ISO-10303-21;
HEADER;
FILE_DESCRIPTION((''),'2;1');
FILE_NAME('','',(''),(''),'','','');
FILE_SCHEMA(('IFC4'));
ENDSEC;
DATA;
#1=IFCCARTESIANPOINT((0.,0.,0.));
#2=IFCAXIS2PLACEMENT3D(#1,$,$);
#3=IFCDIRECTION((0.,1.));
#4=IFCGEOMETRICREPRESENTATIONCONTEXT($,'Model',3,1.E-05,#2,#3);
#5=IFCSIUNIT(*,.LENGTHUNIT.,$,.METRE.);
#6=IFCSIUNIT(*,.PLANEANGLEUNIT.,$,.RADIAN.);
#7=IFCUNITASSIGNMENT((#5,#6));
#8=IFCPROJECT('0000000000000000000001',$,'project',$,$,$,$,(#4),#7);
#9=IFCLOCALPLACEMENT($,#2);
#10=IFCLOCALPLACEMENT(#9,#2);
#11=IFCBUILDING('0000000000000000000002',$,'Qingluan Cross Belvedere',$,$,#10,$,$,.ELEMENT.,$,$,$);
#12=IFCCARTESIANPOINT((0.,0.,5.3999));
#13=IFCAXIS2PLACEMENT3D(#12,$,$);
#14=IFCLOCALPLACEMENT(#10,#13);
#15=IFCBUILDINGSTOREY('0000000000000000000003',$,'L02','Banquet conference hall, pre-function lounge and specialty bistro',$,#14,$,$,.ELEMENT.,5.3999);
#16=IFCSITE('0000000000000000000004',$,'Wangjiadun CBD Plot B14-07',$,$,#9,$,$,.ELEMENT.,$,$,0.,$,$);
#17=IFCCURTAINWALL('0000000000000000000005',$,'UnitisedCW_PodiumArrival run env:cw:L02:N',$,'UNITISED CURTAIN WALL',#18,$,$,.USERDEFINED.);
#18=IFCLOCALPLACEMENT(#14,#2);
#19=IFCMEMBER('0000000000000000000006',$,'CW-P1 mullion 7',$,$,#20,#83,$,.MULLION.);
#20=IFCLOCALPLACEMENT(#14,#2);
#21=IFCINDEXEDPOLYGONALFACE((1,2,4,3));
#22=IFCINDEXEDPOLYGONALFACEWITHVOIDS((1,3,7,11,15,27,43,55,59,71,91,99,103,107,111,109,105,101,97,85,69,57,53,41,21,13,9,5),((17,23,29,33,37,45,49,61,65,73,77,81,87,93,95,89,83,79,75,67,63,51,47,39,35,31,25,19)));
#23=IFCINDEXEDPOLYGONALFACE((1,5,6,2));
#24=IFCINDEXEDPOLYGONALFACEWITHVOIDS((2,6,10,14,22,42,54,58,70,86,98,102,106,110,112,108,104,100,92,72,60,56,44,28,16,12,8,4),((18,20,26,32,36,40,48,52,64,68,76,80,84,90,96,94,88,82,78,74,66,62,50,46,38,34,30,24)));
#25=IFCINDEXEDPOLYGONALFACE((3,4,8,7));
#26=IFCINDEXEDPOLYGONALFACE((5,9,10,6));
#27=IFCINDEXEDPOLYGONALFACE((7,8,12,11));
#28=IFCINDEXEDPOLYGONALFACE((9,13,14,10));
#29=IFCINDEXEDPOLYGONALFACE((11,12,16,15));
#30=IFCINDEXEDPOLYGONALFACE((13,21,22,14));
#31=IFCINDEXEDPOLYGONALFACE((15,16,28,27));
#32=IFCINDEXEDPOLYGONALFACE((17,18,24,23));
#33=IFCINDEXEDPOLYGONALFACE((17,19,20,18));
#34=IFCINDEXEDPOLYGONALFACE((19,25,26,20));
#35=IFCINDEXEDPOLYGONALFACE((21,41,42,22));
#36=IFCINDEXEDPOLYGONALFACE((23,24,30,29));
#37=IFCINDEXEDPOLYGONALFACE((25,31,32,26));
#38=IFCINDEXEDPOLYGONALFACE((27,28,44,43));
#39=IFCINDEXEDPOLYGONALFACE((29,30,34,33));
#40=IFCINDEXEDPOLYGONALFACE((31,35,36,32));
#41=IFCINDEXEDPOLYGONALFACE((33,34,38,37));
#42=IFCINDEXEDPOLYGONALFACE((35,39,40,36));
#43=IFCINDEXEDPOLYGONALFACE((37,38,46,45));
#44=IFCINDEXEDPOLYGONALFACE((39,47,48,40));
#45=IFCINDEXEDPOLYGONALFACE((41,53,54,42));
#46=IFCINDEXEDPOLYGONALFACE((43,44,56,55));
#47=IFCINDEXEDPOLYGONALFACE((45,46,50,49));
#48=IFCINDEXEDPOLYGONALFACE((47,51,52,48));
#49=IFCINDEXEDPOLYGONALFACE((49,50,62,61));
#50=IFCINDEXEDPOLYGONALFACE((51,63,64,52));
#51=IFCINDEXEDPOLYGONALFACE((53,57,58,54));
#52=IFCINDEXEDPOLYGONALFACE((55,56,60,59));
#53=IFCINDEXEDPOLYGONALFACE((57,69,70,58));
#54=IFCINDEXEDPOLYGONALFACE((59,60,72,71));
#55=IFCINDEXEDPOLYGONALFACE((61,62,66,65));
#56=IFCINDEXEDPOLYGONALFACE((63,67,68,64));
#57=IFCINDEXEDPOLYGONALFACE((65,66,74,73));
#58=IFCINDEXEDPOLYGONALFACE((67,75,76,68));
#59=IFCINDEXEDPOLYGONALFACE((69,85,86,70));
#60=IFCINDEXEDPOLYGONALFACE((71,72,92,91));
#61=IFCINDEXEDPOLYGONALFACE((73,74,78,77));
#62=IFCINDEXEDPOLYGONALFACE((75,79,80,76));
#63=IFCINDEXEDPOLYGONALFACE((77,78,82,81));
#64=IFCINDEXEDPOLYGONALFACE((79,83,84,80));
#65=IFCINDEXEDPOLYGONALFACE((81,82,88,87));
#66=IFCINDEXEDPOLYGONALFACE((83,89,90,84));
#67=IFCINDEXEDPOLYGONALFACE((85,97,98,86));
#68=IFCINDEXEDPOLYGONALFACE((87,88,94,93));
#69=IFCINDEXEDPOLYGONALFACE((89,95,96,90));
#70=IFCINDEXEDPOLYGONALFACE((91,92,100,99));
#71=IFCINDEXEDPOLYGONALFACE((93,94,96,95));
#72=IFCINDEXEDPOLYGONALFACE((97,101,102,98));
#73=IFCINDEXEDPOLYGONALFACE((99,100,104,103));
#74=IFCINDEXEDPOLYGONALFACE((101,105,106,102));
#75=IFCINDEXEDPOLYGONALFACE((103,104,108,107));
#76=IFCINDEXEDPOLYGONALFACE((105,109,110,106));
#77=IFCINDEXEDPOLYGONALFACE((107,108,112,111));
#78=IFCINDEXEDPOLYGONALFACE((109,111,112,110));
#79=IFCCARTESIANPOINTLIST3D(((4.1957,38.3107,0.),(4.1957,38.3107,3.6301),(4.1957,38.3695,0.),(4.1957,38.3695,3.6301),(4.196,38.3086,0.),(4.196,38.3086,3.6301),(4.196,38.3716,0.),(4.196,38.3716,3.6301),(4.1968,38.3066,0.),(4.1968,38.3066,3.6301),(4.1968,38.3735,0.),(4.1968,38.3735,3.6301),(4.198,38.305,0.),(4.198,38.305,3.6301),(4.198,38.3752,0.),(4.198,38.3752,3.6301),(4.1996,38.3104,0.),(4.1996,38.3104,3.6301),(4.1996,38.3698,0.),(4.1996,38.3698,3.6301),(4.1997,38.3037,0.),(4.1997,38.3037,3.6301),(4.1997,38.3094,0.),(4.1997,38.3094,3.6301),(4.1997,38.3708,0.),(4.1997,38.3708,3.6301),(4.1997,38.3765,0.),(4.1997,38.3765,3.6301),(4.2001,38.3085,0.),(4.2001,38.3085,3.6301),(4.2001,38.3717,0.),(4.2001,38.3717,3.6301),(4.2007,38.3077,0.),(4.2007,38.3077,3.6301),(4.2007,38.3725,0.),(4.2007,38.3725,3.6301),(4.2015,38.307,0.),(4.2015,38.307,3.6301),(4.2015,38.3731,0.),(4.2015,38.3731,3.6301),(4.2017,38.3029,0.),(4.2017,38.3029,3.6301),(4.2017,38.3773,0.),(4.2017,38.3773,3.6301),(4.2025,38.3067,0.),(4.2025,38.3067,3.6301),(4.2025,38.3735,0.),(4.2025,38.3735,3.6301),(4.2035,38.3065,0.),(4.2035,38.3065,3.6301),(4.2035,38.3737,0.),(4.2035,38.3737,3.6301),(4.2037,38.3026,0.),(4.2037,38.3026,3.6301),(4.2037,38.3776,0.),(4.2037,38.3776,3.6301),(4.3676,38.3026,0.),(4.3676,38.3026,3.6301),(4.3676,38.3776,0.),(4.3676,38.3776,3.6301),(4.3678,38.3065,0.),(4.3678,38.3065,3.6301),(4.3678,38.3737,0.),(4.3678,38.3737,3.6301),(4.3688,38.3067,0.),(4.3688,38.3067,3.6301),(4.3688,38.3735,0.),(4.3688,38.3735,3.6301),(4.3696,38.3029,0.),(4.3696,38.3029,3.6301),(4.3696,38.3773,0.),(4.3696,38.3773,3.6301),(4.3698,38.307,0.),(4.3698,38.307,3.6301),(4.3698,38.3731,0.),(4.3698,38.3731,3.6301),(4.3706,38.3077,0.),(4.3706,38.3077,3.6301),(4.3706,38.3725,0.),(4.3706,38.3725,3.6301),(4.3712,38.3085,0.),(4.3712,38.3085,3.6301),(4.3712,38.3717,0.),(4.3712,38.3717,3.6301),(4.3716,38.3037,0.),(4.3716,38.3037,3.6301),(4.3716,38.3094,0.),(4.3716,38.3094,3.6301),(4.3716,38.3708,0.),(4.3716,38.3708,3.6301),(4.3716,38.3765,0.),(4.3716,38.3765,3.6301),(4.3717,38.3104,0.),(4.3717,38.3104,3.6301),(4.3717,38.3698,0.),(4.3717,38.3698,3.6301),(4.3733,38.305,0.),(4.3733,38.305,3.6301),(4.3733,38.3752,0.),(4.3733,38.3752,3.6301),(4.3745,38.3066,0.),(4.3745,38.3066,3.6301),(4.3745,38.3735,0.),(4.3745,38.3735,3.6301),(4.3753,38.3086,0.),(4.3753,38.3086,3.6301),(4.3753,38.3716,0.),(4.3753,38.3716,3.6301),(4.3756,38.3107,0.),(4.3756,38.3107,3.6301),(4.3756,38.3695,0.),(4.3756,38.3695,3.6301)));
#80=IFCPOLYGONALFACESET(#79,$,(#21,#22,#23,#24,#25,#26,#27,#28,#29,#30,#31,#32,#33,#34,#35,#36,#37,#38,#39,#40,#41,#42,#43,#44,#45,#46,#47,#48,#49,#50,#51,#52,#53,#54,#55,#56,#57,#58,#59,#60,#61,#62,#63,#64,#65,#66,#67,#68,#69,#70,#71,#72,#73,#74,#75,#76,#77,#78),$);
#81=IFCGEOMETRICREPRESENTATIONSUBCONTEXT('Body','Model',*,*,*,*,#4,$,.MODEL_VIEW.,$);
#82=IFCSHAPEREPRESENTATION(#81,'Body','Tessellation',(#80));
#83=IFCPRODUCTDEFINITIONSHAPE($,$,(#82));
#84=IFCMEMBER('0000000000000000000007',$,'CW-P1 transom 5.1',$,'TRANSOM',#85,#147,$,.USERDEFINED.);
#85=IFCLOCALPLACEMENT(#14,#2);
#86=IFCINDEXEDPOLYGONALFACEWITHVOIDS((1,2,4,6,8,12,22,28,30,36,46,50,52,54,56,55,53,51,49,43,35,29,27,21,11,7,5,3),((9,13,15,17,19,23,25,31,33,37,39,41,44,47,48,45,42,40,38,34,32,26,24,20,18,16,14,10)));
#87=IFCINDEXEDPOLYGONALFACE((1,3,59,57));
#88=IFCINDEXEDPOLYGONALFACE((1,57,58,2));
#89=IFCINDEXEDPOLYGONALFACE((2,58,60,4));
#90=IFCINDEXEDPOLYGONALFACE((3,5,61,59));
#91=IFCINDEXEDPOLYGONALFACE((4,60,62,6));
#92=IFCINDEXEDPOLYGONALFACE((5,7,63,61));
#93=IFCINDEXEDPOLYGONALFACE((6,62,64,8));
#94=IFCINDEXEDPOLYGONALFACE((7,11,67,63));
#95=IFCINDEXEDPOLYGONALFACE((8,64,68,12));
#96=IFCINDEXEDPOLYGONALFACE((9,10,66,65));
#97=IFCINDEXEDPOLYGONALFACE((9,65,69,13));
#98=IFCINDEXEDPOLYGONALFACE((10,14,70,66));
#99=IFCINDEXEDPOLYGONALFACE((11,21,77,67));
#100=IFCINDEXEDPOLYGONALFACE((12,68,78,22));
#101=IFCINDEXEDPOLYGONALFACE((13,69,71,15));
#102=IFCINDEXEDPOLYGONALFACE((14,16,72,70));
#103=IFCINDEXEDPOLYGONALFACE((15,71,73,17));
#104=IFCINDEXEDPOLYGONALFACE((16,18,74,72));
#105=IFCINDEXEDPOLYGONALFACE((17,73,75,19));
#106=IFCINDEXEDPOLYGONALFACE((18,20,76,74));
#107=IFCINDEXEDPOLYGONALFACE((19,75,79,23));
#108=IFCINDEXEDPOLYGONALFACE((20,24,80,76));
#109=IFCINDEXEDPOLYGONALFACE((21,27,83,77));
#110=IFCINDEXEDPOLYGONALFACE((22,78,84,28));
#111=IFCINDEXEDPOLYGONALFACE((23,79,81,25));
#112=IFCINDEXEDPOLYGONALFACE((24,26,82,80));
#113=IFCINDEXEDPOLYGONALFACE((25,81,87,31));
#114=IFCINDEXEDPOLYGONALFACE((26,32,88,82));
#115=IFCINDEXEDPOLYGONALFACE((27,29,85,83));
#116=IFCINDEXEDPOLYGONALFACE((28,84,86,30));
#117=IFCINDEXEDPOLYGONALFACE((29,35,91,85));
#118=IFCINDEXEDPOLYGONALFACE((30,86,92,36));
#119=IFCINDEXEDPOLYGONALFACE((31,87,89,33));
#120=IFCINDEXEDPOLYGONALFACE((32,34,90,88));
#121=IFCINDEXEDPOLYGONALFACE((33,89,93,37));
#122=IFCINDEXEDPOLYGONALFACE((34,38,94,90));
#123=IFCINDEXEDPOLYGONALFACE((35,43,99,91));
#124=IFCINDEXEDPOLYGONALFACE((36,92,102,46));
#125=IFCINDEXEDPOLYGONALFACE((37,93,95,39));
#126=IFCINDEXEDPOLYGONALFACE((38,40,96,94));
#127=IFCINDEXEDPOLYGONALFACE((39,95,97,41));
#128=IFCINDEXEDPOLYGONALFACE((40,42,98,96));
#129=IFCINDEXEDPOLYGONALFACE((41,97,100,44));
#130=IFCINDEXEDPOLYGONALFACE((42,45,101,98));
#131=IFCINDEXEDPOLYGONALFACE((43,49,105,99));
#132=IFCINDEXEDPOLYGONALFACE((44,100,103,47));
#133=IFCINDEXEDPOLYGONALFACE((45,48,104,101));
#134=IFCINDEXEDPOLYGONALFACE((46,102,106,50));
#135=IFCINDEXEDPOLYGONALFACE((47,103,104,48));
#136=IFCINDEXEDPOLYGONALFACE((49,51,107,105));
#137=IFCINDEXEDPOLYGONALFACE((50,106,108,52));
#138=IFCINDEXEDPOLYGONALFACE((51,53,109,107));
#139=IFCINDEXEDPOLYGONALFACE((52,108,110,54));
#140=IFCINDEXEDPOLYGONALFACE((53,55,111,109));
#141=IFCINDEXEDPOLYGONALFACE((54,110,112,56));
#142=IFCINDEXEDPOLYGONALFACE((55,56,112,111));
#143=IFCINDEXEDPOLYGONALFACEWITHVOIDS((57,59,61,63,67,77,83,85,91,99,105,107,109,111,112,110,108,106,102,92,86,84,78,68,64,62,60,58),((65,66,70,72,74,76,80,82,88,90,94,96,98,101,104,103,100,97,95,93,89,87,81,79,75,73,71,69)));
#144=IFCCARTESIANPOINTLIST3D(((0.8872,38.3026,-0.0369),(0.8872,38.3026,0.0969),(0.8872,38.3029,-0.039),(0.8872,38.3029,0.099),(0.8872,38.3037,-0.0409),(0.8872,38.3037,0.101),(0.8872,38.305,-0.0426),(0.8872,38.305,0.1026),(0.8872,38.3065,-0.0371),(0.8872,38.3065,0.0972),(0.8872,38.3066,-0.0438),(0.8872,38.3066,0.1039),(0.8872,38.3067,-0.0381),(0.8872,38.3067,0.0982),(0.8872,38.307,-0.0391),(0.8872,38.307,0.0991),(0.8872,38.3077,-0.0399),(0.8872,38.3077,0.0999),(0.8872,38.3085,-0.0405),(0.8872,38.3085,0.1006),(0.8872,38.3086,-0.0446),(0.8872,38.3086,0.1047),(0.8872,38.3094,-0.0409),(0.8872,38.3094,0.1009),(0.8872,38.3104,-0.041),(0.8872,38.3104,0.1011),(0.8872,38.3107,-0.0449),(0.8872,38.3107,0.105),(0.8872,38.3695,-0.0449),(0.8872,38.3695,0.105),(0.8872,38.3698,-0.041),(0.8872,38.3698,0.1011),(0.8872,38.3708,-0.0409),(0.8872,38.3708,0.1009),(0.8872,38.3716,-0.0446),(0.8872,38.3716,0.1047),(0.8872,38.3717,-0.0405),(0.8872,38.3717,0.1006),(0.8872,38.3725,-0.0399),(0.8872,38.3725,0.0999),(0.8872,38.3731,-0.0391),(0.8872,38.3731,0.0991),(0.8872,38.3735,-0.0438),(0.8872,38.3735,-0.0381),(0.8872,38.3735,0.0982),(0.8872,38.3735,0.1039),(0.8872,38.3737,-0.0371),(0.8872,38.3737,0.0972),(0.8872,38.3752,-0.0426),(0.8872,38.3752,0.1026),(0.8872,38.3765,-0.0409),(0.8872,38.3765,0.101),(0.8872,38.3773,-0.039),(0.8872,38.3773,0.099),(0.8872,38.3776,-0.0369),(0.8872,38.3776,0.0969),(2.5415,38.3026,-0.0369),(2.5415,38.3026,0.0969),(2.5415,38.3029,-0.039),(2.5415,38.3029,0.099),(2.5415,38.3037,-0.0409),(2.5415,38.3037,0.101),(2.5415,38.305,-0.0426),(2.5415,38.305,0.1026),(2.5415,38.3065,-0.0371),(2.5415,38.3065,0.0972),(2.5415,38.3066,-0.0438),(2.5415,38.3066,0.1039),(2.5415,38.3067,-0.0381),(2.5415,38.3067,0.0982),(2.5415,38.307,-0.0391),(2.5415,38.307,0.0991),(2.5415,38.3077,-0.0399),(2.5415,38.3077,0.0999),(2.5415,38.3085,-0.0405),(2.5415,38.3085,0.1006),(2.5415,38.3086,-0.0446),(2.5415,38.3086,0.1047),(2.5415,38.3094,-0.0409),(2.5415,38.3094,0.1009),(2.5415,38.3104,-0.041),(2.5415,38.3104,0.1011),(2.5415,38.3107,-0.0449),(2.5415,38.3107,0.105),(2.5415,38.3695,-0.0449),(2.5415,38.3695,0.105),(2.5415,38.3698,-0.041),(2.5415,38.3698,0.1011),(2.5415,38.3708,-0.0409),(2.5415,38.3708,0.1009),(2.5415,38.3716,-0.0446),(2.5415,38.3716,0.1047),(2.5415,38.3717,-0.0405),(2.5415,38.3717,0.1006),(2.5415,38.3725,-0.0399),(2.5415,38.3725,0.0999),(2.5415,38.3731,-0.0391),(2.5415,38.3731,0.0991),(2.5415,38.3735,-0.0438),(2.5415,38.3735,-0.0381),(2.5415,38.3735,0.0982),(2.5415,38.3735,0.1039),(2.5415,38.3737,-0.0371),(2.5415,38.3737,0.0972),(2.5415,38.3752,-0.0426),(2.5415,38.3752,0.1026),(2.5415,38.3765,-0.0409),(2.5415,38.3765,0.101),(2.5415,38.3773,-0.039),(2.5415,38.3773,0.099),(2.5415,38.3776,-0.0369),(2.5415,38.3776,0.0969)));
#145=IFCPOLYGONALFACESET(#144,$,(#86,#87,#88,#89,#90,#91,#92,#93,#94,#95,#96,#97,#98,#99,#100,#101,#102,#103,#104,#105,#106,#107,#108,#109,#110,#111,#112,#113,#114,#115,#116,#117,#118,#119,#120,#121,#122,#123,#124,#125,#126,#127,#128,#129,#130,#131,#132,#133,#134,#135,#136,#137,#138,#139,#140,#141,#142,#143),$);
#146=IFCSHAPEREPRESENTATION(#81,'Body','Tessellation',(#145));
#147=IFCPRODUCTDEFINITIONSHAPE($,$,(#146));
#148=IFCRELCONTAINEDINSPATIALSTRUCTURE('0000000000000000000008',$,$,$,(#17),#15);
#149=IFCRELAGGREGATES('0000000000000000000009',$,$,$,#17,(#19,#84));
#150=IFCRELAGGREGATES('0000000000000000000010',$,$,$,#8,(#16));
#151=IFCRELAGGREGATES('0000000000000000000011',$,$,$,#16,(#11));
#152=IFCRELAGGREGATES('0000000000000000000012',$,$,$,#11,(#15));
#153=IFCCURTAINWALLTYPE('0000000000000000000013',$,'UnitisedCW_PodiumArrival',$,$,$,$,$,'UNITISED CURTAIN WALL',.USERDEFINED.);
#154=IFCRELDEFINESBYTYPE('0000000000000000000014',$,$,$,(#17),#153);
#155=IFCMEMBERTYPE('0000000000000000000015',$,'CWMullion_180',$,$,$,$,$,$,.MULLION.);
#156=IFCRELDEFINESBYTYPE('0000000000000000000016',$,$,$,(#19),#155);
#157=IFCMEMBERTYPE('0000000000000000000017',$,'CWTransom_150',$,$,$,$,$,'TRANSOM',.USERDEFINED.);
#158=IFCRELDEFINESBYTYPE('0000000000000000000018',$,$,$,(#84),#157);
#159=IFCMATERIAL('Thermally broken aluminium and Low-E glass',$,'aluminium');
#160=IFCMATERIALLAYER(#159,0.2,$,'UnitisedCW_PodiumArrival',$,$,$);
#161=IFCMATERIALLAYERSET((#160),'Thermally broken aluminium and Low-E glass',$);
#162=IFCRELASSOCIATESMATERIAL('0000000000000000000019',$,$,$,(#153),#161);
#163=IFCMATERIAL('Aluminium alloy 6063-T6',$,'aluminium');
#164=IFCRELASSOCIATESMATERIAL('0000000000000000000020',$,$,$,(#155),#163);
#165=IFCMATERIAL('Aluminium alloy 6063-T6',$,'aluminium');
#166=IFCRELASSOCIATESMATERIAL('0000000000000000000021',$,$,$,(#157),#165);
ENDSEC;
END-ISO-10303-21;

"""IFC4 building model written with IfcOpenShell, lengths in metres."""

from ifc_helpers import new_model, si_unit, direction, frame, origin, origin_2d, place, context, subcontext, project, spatial, hollow_rectangle, extrude, material, layer, layer_set, material_profile, profile_set, type_object, element, aggregate, save


model = new_model("IFC4")

# Units and contexts
model_context = context("Model", 3, precision=1e-05, world=origin(), true_north=direction((0.0, 1.0)))
body_context = subcontext(model_context, "Body", "Model", "MODEL_VIEW")
ifc_project = project(units=[si_unit("LENGTHUNIT", "METRE"), si_unit("PLANEANGLEUNIT", "RADIAN")], contexts=[model_context])

# Site, building, storey
site_placement = place(None, origin())
site = spatial("IfcSite", under=ifc_project, at=site_placement, Name="Wangjiadun CBD Plot B14-07", CompositionType="ELEMENT", RefElevation=0.0)
building_placement = place(site_placement, origin())
building = spatial("IfcBuilding", under=site, at=building_placement, Name="Qingluan Cross Belvedere", CompositionType="ELEMENT")
storey_placement = place(building_placement, frame((0.0, 0.0, 5.3999)))
storey = spatial("IfcBuildingStorey", under=building, at=storey_placement, Name="L02", Description="Banquet conference hall, pre-function lounge and specialty bistro", CompositionType="ELEMENT", Elevation=5.3999)

# Curtain wall, members
ifc_material_1 = material(Name="Thermally broken aluminium and Low-E glass", Category="aluminium")
ifc_layer_1 = layer(ifc_material_1, 0.2, Name="UnitisedCW_PodiumArrival")
ifc_layer_set_1 = layer_set([ifc_layer_1], Name="Thermally broken aluminium and Low-E glass")
curtain_wall_type = type_object("IfcCurtainWallType", Name="UnitisedCW_PodiumArrival", ElementType="UNITISED CURTAIN WALL", PredefinedType="USERDEFINED", material=ifc_layer_set_1)
curtain_wall_placement = place(storey_placement, origin())
curtain_wall = element("IfcCurtainWall", 1, at=curtain_wall_placement, inside=storey, type_object=curtain_wall_type, Name="UnitisedCW_PodiumArrival run env:cw:L02:N", ObjectType="UNITISED CURTAIN WALL", PredefinedType="USERDEFINED")
ifc_material_2 = material(Name="Aluminium alloy 6063-T6", Category="aluminium")
ifc_material_profile_1 = material_profile(ifc_material_2, hollow_rectangle(XDim=0.075, YDim=0.1799, WallThickness=0.0039, InnerFilletRadius=0.0039, OuterFilletRadius=0.0081, at=origin_2d()), Name="CWM180x75x4")
ifc_profile_set_1 = profile_set([ifc_material_profile_1], Name="Aluminium alloy 6063-T6")
member_type_1 = type_object("IfcMemberType", Name="CWMullion_180", PredefinedType="MULLION", material=ifc_profile_set_1)
member_1_placement = place(storey_placement, frame((4.2856, 38.3401, 0.0), z_axis=(0.0, 0.0, 1.0), x_axis=(0.0, 1.0, 0.0)))
member_1 = element("IfcMember", 2, at=member_1_placement, type_object=member_type_1, Name="CW-P1 mullion 7", PredefinedType="MULLION", context=body_context, shape_type="SweptSolid", body=[
    extrude(hollow_rectangle(XDim=0.075, YDim=0.1799, WallThickness=0.0039, InnerFilletRadius=0.0039, OuterFilletRadius=0.0081, at=origin_2d()), origin(), (0.0, 0.0, 1.0), 3.6301),
])
ifc_material_3 = material(Name="Aluminium alloy 6063-T6", Category="aluminium")
ifc_material_profile_2 = material_profile(ifc_material_3, hollow_rectangle(XDim=0.075, YDim=0.1499, WallThickness=0.0039, InnerFilletRadius=0.0039, OuterFilletRadius=0.0081, at=origin_2d()), Name="CWT150x75x4")
ifc_profile_set_2 = profile_set([ifc_material_profile_2], Name="Aluminium alloy 6063-T6")
member_type_2 = type_object("IfcMemberType", Name="CWTransom_150", ElementType="TRANSOM", PredefinedType="USERDEFINED", material=ifc_profile_set_2)
member_2_placement = place(storey_placement, frame((0.8872, 38.3401, 0.03), z_axis=(1.0, 0.0, 0.0), x_axis=(0.0, 1.0, 0.0)))
member_2 = element("IfcMember", 3, at=member_2_placement, type_object=member_type_2, Name="CW-P1 transom 5.1", ObjectType="TRANSOM", PredefinedType="USERDEFINED", context=body_context, shape_type="SweptSolid", body=[
    extrude(hollow_rectangle(XDim=0.075, YDim=0.1499, WallThickness=0.0039, InnerFilletRadius=0.0039, OuterFilletRadius=0.0081, at=origin_2d()), origin(), (0.0, 0.0, 1.0), 1.6543),
])

aggregate(curtain_wall, [member_1, member_2])

save(model, "model.ifc")
